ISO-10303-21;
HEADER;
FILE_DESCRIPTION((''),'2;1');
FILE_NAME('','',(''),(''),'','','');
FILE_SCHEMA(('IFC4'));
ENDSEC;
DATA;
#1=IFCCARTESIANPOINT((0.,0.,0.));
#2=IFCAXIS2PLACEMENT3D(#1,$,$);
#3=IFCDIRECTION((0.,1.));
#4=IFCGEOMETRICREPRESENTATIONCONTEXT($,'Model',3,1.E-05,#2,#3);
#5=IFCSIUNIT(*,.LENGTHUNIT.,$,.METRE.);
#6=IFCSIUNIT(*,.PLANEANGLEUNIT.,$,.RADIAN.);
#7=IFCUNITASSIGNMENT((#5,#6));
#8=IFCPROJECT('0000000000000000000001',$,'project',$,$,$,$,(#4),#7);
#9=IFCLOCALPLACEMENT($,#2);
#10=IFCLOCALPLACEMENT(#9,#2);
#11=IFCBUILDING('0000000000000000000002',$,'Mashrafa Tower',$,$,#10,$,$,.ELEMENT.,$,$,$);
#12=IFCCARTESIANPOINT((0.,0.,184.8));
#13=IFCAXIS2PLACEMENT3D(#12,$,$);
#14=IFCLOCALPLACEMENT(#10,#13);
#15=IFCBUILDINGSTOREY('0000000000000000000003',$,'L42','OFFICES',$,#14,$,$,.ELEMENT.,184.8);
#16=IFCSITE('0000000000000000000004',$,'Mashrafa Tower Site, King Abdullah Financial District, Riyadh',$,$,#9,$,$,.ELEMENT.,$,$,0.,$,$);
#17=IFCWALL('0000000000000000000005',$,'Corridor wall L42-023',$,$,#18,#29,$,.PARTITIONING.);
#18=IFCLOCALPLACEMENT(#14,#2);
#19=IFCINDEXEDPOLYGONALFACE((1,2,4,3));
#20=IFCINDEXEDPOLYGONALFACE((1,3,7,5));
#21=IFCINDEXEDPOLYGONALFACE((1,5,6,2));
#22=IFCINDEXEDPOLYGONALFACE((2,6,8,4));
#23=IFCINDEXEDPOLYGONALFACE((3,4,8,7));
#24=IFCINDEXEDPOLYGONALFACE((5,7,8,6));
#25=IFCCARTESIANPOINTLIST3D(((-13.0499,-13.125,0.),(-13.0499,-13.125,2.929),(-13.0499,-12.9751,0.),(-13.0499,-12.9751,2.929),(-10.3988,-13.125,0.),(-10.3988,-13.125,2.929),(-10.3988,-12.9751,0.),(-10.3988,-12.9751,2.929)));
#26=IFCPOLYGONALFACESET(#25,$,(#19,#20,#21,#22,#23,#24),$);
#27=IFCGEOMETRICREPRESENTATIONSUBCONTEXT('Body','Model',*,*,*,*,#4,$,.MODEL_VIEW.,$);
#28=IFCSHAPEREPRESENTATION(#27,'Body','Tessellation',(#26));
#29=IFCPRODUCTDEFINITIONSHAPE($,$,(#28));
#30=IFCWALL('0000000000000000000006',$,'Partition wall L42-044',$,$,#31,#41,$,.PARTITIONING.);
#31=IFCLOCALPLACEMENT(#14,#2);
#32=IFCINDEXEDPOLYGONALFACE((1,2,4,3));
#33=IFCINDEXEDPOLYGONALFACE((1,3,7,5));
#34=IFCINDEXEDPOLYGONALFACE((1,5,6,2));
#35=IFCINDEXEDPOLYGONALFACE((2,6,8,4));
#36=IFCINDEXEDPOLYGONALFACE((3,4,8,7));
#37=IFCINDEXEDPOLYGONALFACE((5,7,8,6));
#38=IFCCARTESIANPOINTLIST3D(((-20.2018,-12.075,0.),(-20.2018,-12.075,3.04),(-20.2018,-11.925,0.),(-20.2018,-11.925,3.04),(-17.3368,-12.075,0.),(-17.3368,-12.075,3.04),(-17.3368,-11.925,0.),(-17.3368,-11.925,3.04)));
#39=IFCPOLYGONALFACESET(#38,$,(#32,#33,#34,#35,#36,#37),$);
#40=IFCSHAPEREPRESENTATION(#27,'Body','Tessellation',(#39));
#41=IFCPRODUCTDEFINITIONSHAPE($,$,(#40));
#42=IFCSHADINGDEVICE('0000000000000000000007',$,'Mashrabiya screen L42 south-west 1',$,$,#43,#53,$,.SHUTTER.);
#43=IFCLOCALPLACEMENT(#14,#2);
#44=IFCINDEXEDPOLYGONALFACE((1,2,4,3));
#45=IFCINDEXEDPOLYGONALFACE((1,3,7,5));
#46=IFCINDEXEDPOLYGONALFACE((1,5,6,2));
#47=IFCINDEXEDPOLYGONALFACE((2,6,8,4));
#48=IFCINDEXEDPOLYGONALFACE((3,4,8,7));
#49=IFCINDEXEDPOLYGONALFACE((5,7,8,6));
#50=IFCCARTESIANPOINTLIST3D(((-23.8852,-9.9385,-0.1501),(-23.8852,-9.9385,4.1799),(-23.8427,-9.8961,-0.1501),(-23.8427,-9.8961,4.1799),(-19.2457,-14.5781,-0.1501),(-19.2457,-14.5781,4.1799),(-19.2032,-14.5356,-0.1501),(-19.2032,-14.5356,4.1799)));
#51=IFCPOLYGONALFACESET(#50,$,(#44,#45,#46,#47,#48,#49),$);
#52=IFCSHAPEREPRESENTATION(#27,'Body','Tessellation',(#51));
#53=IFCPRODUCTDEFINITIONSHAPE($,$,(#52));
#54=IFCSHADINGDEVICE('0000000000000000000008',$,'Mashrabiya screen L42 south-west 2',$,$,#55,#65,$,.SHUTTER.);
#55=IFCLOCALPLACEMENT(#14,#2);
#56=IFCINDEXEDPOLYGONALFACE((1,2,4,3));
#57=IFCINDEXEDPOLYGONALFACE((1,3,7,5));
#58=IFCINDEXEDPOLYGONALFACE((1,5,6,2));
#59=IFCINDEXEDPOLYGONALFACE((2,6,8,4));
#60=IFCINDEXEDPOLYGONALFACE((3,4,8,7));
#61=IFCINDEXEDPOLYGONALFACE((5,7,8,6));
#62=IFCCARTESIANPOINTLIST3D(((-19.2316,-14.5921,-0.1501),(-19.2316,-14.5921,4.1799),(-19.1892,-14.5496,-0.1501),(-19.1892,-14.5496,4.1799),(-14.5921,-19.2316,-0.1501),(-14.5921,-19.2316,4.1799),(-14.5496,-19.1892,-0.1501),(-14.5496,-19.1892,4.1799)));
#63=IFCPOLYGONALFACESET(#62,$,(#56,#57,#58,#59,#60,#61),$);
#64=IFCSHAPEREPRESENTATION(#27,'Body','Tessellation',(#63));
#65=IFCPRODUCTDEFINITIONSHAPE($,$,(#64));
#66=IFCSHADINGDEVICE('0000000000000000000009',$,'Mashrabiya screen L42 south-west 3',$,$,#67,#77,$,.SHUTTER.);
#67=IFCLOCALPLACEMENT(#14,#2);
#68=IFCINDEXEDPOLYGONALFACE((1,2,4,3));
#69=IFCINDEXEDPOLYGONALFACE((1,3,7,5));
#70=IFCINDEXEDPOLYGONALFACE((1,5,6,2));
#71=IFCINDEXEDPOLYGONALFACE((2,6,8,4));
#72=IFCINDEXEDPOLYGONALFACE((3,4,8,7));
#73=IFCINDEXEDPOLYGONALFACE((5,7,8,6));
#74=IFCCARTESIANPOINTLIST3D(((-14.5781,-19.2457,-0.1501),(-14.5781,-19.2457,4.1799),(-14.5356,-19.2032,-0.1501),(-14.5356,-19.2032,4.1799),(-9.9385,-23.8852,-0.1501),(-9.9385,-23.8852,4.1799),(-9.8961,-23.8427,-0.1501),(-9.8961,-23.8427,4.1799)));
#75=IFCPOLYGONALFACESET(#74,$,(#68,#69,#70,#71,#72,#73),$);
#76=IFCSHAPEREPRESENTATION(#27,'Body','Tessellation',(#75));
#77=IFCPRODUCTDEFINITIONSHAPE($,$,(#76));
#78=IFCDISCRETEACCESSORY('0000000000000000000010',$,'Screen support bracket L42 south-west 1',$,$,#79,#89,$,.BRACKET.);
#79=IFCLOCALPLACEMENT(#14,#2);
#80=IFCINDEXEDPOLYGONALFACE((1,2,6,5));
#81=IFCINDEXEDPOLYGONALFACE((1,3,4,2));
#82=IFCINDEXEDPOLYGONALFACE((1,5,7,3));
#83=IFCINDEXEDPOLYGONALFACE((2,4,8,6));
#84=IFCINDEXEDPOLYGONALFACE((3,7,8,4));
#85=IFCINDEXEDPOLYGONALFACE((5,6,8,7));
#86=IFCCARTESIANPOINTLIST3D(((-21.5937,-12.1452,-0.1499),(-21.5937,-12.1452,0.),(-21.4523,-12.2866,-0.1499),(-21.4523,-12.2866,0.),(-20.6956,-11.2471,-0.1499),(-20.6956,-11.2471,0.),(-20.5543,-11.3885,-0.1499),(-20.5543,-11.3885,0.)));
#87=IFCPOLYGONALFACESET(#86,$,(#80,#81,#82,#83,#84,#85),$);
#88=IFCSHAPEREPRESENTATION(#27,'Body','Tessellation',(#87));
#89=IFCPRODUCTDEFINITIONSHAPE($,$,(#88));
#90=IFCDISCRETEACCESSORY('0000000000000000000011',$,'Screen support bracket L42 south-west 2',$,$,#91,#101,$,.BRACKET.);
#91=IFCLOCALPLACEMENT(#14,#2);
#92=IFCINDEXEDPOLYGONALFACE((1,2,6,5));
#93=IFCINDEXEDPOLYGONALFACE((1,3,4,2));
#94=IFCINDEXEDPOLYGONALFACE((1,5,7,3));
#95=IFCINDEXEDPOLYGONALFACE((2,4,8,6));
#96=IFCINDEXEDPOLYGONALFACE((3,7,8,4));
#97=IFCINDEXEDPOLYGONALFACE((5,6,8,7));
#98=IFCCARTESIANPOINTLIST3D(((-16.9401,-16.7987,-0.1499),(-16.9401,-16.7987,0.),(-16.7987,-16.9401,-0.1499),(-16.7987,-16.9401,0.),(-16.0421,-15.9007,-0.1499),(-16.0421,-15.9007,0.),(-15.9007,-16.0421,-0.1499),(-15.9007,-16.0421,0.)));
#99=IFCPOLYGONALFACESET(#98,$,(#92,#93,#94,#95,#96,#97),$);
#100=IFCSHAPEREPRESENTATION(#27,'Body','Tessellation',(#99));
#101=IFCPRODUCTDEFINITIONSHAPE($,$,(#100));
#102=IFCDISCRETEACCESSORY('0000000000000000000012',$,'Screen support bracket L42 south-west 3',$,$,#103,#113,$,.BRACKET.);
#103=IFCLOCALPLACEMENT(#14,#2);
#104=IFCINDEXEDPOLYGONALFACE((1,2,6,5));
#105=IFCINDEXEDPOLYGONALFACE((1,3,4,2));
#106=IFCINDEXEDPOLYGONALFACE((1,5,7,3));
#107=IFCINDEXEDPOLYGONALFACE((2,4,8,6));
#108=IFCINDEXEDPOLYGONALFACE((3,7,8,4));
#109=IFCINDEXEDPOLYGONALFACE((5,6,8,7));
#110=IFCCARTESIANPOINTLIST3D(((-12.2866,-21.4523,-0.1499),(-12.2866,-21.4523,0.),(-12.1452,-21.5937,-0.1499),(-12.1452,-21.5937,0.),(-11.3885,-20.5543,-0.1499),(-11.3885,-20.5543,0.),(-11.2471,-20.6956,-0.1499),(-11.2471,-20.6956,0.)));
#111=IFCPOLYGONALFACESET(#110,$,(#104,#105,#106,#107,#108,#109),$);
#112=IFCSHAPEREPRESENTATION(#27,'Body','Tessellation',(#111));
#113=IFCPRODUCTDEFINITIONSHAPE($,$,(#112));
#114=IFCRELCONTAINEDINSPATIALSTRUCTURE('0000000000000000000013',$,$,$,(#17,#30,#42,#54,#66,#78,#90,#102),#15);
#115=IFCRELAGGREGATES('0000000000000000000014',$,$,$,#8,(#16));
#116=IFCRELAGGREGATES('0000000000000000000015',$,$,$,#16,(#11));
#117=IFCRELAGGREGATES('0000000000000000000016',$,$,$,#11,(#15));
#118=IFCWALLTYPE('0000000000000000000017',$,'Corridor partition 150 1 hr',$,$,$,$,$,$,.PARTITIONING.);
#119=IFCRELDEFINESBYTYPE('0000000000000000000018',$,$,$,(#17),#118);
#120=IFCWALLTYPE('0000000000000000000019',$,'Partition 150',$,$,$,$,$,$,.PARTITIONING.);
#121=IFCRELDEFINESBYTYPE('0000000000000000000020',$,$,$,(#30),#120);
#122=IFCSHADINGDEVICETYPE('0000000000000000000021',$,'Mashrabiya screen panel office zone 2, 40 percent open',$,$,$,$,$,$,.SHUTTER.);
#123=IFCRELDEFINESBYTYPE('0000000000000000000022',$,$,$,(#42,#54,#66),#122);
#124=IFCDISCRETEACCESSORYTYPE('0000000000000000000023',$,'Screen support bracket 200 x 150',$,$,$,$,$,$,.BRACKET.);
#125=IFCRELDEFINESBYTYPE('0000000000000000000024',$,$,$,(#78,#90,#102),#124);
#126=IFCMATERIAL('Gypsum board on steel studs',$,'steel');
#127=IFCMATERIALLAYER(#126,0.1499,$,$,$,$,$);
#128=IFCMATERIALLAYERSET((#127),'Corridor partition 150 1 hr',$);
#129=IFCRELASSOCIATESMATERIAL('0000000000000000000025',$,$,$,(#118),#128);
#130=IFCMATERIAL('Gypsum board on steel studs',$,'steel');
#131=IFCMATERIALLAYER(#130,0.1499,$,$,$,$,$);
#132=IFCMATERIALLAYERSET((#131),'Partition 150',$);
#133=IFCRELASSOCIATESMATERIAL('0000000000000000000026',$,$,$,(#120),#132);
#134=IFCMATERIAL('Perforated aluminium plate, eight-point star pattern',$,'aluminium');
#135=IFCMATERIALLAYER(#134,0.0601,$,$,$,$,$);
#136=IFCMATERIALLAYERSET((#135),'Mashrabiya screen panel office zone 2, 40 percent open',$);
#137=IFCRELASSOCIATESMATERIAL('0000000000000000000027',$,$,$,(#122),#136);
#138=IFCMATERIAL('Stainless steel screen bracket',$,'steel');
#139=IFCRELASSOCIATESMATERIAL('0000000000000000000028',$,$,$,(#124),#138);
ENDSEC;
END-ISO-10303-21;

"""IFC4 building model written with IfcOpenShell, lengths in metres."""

from ifc_helpers import new_model, si_unit, direction, frame, frame_2d, origin, origin_2d, place, context, subcontext, project, spatial, rectangle, extrude, source, transform, mapped, material, layer, layer_set, type_object, type_shapes, element, save


model = new_model("IFC4")

# Units and contexts
model_context = context("Model", 3, precision=1e-05, world=origin(), true_north=direction((0.0, 1.0)))
body_context = subcontext(model_context, "Body", "Model", "MODEL_VIEW")
ifc_project = project(units=[si_unit("LENGTHUNIT", "METRE"), si_unit("PLANEANGLEUNIT", "RADIAN")], contexts=[model_context])

# Site, building, storey
site_placement = place(None, origin())
site = spatial("IfcSite", under=ifc_project, at=site_placement, Name="Mashrafa Tower Site, King Abdullah Financial District, Riyadh", CompositionType="ELEMENT", RefElevation=0.0)
building_placement = place(site_placement, origin())
building = spatial("IfcBuilding", under=site, at=building_placement, Name="Mashrafa Tower", CompositionType="ELEMENT")
storey_placement = place(building_placement, frame((0.0, 0.0, 184.8)))
storey = spatial("IfcBuildingStorey", under=building, at=storey_placement, Name="L42", Description="OFFICES", CompositionType="ELEMENT", Elevation=184.8)

# Walls
ifc_material_1 = material(Name="Gypsum board on steel studs", Category="steel")
ifc_layer_1 = layer(ifc_material_1, 0.1499)
ifc_layer_set_1 = layer_set([ifc_layer_1], Name="Corridor partition 150 1 hr")
wall_type_1 = type_object("IfcWallType", Name="Corridor partition 150 1 hr", PredefinedType="PARTITIONING", material=ifc_layer_set_1)
wall_1_placement = place(storey_placement, frame((-13.05, -13.05, 0.0), z_axis=(0.0, 0.0, 1.0), x_axis=(1.0, 0.0, 0.0)))
element("IfcWall", 1, at=wall_1_placement, inside=storey, type_object=wall_type_1, Name="Corridor wall L42-023", PredefinedType="PARTITIONING", context=body_context, shape_type="SweptSolid", body=[
    extrude(rectangle(XDim=2.6511, YDim=0.1499, at=frame_2d((1.3257, 0.0))), origin(), (0.0, 0.0, 1.0), 2.929),
])
ifc_material_2 = material(Name="Gypsum board on steel studs", Category="steel")
ifc_layer_2 = layer(ifc_material_2, 0.1499)
ifc_layer_set_2 = layer_set([ifc_layer_2], Name="Partition 150")
wall_type_2 = type_object("IfcWallType", Name="Partition 150", PredefinedType="PARTITIONING", material=ifc_layer_set_2)
wall_2_placement = place(storey_placement, frame((-20.2019, -12.0, 0.0), z_axis=(0.0, 0.0, 1.0), x_axis=(1.0, 0.0, 0.0)))
element("IfcWall", 2, at=wall_2_placement, inside=storey, type_object=wall_type_2, Name="Partition wall L42-044", PredefinedType="PARTITIONING", context=body_context, shape_type="SweptSolid", body=[
    extrude(rectangle(XDim=2.865, YDim=0.1499, at=frame_2d((1.4326, 0.0))), origin(), (0.0, 0.0, 1.0), 3.04),
])

# Shading devices
ifc_material_3 = material(Name="Perforated aluminium plate, eight-point star pattern", Category="aluminium")
ifc_layer_3 = layer(ifc_material_3, 0.0601)
ifc_layer_set_3 = layer_set([ifc_layer_3], Name="Mashrabiya screen panel office zone 2, 40 percent open")
shading_device_type = type_object("IfcShadingDeviceType", Name="Mashrabiya screen panel office zone 2, 40 percent open", PredefinedType="SHUTTER", material=ifc_layer_set_3)
shared_shape_1 = source(origin(), body_context, "Body", "SweptSolid", [
    extrude(rectangle(XDim=6.5613, YDim=0.0601, at=origin_2d()), origin(), (0.0, 0.0, 1.0), 4.3301),
])
type_shapes(shading_device_type, [shared_shape_1])
for number, where, z_axis, x_axis, name in (
    (3, (-21.5442, -12.2371, -0.1501), (0.0, 0.0, 1.0), (0.707107, -0.707107, 0.0), "Mashrabiya screen L42 south-west 1"),
    (4, (-16.8906, -16.8906, -0.1501), (0.0, 0.0, 1.0), (0.707107, -0.707107, 0.0), "Mashrabiya screen L42 south-west 2"),
    (5, (-12.2371, -21.5442, -0.1501), (0.0, 0.0, 1.0), (0.707107, -0.707107, 0.0), "Mashrabiya screen L42 south-west 3"),
):
    element("IfcShadingDevice", number, at=place(storey_placement, frame(where, z_axis=z_axis, x_axis=x_axis)), inside=storey, type_object=shading_device_type, Name=name, PredefinedType="SHUTTER", context=body_context, shape_type="MappedRepresentation", body=[
        mapped(shared_shape_1, transform((0.0, 0.0, 0.0))),
    ])

# Discrete accessories
ifc_material_4 = material(Name="Stainless steel screen bracket", Category="steel")
discrete_accessory_type = type_object("IfcDiscreteAccessoryType", Name="Screen support bracket 200 x 150", PredefinedType="BRACKET", material=ifc_material_4)
shared_shape_2 = source(origin(), body_context, "Body", "SweptSolid", [
    extrude(rectangle(XDim=0.2, YDim=1.27, at=origin_2d()), origin(), (0.0, 0.0, 1.0), 0.1499),
])
type_shapes(discrete_accessory_type, [shared_shape_2])
for number, where, z_axis, x_axis, name in (
    (6, (-21.074, -11.7668, -0.1499), (0.0, 0.0, 1.0), (0.707107, -0.707107, 0.0), "Screen support bracket L42 south-west 1"),
    (7, (-16.4204, -16.4204, -0.1499), (0.0, 0.0, 1.0), (0.707107, -0.707107, 0.0), "Screen support bracket L42 south-west 2"),
    (8, (-11.7668, -21.074, -0.1499), (0.0, 0.0, 1.0), (0.707107, -0.707107, 0.0), "Screen support bracket L42 south-west 3"),
):
    element("IfcDiscreteAccessory", number, at=place(storey_placement, frame(where, z_axis=z_axis, x_axis=x_axis)), inside=storey, type_object=discrete_accessory_type, Name=name, PredefinedType="BRACKET", context=body_context, shape_type="MappedRepresentation", body=[
        mapped(shared_shape_2, transform((0.0, 0.0, 0.0))),
    ])

save(model, "model.ifc")
